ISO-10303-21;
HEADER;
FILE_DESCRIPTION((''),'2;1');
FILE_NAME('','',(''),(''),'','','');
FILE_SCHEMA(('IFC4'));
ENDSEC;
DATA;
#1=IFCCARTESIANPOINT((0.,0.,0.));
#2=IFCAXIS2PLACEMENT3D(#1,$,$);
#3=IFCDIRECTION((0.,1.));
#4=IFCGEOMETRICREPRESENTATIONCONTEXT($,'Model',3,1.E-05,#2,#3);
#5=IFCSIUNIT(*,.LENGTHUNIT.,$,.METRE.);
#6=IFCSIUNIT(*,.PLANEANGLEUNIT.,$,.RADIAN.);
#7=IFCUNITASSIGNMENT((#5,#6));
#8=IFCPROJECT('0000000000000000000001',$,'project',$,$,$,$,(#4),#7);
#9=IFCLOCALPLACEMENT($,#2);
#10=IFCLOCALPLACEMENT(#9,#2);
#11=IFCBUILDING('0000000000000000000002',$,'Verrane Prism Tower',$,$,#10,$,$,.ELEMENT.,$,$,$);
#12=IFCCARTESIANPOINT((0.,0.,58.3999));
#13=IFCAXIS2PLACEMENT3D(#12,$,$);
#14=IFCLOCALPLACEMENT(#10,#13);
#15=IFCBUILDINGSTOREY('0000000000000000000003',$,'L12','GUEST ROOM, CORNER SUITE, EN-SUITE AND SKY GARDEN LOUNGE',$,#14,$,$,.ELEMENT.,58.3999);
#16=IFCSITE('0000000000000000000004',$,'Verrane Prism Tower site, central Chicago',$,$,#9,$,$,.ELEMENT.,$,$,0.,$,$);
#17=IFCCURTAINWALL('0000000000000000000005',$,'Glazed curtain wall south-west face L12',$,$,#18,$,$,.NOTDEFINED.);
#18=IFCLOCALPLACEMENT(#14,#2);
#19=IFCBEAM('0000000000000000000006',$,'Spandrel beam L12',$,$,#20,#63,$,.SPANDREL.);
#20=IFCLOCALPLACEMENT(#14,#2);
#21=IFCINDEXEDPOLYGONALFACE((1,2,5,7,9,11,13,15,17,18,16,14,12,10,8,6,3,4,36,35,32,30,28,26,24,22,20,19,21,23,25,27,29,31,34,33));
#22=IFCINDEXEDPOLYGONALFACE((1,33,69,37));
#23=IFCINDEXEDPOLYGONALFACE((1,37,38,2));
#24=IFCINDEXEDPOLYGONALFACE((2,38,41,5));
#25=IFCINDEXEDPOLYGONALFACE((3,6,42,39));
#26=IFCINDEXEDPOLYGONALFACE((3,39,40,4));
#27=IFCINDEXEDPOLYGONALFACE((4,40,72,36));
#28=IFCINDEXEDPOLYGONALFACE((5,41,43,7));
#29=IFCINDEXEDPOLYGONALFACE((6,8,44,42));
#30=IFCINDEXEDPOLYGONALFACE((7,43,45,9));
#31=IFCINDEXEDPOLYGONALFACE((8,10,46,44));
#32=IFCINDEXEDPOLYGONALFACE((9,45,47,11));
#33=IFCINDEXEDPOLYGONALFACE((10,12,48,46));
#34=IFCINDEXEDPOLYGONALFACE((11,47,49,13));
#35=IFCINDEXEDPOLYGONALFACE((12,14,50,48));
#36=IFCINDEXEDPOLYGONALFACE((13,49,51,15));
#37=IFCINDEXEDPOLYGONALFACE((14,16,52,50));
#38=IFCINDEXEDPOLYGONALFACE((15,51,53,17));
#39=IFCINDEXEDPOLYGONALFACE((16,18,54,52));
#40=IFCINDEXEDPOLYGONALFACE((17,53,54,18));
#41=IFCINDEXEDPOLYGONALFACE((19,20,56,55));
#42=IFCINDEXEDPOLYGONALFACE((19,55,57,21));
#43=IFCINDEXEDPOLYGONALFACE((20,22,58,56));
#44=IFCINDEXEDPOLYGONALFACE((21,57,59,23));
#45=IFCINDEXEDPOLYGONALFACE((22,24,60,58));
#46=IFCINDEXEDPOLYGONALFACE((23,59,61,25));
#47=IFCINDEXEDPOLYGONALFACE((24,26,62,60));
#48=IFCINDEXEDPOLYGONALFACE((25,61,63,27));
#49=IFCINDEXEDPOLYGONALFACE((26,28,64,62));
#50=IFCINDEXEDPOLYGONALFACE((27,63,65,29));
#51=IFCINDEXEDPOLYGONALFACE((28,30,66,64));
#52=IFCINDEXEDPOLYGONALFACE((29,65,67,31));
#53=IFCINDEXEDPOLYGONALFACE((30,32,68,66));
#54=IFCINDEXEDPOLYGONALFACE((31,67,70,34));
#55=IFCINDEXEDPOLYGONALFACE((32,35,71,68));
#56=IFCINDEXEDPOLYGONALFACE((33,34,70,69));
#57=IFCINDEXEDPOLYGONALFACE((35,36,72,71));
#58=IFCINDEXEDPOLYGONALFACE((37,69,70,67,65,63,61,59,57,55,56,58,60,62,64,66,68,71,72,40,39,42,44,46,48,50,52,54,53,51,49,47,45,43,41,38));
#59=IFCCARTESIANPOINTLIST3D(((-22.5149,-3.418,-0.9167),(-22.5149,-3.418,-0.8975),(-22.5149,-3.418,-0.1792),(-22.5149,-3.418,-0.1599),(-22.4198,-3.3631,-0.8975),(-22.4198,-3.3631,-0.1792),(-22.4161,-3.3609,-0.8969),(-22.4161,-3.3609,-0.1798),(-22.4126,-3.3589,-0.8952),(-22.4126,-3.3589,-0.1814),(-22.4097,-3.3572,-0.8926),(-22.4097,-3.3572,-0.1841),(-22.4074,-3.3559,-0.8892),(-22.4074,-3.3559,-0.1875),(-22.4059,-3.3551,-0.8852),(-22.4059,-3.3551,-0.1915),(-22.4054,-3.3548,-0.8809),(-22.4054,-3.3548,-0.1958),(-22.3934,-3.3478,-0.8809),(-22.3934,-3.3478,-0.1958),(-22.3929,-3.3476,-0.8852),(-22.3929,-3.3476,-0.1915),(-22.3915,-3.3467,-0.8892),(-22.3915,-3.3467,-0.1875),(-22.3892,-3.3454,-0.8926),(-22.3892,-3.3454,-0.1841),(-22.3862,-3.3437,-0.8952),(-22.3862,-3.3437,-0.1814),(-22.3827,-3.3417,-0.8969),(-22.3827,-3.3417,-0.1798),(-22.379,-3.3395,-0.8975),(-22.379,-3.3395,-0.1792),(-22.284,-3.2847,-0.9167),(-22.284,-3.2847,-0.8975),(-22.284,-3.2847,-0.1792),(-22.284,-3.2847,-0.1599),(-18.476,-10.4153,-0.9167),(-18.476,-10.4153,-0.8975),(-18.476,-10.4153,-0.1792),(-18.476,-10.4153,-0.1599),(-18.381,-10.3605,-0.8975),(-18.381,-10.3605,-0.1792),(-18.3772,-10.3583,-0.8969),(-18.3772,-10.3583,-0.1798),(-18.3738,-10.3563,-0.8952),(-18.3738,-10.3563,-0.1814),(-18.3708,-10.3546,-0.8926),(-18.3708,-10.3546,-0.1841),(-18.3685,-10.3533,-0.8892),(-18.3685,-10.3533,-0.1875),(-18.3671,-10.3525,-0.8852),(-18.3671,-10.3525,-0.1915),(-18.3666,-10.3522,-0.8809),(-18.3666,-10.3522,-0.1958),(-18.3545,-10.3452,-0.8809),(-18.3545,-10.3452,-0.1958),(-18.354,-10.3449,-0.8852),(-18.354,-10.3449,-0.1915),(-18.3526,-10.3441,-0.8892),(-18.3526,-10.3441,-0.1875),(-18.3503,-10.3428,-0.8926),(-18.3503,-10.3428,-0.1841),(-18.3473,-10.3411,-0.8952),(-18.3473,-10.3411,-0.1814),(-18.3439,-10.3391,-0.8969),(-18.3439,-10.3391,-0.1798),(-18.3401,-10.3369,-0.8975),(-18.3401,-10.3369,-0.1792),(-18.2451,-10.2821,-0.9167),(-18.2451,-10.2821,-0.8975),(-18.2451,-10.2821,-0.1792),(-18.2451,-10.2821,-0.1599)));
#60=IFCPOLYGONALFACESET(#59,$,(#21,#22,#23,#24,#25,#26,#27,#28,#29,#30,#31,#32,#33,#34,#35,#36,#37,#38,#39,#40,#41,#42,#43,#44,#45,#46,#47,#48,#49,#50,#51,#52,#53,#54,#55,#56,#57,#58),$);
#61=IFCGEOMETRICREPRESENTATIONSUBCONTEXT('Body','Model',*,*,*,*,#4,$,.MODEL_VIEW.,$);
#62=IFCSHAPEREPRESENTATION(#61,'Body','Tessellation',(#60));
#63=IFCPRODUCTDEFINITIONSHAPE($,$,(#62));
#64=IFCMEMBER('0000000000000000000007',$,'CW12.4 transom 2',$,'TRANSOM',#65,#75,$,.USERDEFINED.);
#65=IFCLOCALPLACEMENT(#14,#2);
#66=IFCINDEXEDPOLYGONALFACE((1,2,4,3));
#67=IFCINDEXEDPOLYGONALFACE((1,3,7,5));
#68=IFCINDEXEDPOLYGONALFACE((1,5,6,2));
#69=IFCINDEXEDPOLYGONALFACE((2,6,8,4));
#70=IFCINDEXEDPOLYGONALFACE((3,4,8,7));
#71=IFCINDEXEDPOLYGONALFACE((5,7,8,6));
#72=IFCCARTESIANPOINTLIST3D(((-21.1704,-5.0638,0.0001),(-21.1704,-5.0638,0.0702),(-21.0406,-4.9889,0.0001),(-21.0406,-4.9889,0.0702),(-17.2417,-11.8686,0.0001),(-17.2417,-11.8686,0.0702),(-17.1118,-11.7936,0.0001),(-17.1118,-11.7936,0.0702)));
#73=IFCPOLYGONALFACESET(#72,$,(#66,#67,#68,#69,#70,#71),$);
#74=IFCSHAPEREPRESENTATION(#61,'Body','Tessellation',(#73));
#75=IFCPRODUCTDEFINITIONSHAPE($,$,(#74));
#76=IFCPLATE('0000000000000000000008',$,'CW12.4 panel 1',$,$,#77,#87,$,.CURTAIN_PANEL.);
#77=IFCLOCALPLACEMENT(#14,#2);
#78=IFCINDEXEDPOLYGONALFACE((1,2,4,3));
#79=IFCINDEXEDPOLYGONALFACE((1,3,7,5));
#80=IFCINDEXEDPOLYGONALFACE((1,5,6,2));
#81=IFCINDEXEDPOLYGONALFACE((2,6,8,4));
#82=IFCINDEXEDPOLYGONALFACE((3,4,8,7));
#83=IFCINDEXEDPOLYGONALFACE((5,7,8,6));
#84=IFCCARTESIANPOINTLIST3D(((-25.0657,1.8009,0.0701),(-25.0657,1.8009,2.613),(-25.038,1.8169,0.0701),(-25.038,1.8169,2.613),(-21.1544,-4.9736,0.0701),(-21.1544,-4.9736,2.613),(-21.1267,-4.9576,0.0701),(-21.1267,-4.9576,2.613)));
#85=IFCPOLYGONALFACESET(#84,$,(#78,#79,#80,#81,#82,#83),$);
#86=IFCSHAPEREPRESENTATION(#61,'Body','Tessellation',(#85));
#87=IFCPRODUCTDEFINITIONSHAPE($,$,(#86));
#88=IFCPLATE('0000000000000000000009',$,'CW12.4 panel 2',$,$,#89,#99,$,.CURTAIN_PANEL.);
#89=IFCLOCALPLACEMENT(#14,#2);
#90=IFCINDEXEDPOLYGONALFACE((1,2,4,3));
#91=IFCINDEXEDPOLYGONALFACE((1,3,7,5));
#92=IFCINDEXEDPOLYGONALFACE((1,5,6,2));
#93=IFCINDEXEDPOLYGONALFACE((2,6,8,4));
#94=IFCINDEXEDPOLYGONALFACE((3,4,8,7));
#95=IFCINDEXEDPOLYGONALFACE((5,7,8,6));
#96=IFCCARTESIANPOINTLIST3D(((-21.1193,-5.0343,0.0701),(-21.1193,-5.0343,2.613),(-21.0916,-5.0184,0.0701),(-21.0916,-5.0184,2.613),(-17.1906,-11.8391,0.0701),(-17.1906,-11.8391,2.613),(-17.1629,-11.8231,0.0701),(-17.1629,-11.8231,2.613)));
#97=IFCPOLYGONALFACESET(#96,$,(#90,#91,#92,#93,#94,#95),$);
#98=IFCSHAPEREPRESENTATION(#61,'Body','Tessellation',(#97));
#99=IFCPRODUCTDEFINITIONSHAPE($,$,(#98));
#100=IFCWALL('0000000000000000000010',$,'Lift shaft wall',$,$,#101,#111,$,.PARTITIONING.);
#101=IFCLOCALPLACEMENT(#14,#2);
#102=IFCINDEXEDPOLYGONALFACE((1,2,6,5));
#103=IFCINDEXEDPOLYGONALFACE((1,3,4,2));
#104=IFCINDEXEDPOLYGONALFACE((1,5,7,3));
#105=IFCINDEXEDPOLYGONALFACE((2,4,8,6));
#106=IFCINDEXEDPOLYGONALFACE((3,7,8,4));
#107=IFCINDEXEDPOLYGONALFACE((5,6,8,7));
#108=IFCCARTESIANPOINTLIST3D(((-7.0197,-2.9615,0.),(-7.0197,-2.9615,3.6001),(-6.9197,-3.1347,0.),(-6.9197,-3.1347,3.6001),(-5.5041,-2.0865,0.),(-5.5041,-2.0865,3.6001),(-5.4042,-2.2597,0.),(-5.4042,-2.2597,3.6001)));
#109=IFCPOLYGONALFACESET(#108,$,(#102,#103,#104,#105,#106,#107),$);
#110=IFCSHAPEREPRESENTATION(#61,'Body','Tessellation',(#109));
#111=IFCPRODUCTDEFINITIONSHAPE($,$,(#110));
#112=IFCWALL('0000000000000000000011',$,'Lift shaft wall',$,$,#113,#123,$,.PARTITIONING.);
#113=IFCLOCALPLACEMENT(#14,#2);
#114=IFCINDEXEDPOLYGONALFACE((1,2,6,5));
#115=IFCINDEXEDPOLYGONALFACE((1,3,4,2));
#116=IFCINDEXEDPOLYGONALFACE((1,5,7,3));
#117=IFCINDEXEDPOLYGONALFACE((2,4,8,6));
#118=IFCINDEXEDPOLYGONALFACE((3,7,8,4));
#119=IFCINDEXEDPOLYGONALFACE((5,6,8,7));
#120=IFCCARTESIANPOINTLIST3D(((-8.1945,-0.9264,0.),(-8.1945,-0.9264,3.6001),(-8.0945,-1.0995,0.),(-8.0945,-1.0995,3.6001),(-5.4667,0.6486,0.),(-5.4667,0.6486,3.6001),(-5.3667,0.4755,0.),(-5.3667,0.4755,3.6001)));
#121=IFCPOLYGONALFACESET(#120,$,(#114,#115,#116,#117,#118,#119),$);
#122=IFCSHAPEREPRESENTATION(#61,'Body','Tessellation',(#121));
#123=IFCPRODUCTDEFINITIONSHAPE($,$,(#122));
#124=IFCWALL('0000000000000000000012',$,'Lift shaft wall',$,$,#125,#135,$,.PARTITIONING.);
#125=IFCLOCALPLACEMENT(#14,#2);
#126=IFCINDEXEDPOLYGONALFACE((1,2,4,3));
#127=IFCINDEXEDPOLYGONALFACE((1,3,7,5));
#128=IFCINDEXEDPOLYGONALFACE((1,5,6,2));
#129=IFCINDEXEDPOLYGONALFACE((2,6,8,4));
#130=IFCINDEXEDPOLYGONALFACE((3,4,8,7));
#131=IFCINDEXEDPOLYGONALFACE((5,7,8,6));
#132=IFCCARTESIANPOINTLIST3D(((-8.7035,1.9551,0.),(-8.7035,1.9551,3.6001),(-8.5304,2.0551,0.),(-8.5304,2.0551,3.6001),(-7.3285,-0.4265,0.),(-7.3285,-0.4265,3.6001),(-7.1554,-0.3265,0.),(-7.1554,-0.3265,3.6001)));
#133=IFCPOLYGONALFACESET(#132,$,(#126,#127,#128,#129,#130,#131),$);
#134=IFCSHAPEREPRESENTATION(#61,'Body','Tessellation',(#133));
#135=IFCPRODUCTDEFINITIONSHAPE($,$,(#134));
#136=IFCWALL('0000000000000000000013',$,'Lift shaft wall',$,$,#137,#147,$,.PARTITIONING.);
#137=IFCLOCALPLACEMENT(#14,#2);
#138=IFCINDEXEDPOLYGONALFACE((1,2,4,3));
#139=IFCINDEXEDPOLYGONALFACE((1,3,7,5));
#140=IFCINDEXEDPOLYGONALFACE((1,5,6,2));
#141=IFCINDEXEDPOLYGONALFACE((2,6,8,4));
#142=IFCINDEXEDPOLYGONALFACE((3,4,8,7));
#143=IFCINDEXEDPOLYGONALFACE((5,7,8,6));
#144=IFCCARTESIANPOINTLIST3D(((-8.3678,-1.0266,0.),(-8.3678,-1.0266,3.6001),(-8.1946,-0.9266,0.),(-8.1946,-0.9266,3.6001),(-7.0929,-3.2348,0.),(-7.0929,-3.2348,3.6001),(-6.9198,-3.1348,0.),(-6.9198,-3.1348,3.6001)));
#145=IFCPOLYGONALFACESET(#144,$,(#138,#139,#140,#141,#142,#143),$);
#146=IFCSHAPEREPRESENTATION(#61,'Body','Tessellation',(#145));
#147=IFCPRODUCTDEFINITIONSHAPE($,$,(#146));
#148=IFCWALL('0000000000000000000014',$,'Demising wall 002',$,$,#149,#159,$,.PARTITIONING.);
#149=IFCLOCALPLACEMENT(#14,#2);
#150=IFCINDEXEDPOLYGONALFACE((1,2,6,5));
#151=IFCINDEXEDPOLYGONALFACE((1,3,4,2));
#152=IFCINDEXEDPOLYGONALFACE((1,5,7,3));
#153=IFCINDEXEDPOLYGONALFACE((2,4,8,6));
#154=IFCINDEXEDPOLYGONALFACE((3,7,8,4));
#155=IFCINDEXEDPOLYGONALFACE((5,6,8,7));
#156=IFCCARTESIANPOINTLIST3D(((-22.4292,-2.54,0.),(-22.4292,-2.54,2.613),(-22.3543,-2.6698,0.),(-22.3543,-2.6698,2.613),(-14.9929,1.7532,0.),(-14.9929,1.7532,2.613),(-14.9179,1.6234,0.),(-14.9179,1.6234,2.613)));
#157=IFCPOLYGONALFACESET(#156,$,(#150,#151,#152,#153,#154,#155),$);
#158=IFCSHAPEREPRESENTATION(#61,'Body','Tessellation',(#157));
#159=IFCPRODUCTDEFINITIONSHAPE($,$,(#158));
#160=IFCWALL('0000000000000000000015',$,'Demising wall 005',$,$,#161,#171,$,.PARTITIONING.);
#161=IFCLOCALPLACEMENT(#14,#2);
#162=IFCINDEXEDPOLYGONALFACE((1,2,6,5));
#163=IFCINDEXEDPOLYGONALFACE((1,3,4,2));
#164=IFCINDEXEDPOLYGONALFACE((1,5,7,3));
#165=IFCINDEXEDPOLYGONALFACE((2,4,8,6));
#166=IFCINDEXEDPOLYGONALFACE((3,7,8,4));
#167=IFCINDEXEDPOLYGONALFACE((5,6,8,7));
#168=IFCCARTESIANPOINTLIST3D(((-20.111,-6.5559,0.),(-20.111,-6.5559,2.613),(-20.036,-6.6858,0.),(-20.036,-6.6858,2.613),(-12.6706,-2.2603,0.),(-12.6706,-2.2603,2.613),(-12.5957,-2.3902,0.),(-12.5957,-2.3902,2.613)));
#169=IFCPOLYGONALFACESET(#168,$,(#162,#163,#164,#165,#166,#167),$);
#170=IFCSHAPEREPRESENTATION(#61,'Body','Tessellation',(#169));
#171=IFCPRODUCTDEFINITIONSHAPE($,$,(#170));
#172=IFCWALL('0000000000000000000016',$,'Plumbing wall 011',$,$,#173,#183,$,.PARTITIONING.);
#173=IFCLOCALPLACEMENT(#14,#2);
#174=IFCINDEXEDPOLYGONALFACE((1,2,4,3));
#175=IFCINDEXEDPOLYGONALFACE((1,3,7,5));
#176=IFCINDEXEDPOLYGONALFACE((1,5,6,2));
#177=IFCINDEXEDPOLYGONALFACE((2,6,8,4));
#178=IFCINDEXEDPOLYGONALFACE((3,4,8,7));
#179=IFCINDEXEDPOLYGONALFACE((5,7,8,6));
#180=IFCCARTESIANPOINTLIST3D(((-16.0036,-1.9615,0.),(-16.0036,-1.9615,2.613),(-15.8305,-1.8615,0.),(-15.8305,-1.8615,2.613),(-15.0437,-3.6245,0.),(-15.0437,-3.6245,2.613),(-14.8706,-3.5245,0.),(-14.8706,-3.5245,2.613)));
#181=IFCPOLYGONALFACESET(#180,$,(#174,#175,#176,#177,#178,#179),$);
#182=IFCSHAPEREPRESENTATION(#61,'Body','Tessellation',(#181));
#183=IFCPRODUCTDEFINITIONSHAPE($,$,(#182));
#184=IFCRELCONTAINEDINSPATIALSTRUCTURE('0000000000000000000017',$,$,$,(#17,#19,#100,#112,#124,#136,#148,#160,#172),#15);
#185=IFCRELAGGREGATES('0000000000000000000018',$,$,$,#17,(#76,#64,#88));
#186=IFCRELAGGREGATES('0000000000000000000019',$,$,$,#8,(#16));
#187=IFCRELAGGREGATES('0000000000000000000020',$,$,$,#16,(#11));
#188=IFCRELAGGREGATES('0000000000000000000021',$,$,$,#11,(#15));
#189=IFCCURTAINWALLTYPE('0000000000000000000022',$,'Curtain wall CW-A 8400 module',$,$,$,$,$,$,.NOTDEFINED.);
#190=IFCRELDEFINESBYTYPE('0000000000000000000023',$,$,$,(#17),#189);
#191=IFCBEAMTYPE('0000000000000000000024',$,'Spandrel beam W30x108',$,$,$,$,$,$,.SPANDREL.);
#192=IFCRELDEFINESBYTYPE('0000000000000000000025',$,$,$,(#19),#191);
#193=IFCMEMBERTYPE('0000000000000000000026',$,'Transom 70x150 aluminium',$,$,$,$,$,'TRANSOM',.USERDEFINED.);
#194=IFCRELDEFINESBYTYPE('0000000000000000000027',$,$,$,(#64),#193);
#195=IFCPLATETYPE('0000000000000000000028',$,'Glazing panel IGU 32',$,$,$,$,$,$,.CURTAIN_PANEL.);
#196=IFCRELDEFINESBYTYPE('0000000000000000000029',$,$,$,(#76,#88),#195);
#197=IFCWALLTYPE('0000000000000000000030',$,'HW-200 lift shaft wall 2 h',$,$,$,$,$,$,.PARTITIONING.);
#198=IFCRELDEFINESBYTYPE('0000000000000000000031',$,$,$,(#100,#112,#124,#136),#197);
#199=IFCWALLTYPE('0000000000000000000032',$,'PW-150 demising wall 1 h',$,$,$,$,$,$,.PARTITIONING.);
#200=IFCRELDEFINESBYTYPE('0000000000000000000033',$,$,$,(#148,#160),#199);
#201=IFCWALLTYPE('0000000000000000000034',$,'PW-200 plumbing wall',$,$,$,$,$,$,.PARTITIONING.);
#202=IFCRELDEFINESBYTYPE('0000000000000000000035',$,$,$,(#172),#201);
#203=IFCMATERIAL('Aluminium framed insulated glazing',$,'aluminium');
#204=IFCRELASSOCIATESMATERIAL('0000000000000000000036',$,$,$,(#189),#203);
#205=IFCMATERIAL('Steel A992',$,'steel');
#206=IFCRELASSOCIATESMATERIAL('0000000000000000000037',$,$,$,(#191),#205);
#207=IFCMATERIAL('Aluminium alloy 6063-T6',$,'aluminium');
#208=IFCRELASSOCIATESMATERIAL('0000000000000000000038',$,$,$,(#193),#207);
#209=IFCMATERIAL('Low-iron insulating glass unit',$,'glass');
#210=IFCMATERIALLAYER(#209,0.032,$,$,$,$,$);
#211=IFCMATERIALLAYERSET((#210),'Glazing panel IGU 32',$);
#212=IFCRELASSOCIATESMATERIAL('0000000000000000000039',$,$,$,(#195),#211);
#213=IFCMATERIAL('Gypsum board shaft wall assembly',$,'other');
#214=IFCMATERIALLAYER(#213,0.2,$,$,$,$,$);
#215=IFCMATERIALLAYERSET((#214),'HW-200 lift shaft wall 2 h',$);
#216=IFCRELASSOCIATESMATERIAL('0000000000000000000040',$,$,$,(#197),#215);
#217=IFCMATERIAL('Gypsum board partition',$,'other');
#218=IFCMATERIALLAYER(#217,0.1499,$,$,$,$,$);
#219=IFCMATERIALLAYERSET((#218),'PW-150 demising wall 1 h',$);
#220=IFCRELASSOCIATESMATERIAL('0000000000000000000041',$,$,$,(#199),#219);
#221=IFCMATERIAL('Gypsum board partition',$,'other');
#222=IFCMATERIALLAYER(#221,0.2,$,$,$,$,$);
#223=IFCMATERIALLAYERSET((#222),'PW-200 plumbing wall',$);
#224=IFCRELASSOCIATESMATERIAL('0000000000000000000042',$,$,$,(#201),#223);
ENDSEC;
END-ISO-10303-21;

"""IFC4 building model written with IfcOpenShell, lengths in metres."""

from ifc_helpers import new_model, si_unit, direction, frame, frame_2d, origin, origin_2d, place, context, subcontext, project, spatial, rectangle, i_section, extrude, material, layer, layer_set, material_profile, profile_set, type_object, element, aggregate, save


model = new_model("IFC4")

# Units and contexts
model_context = context("Model", 3, precision=1e-05, world=origin(), true_north=direction((0.0, 1.0)))
body_context = subcontext(model_context, "Body", "Model", "MODEL_VIEW")
ifc_project = project(units=[si_unit("LENGTHUNIT", "METRE"), si_unit("PLANEANGLEUNIT", "RADIAN")], contexts=[model_context])

# Site, building, storey
site_placement = place(None, origin())
site = spatial("IfcSite", under=ifc_project, at=site_placement, Name="Verrane Prism Tower site, central Chicago", CompositionType="ELEMENT", RefElevation=0.0)
building_placement = place(site_placement, origin())
building = spatial("IfcBuilding", under=site, at=building_placement, Name="Verrane Prism Tower", CompositionType="ELEMENT")
storey_placement = place(building_placement, frame((0.0, 0.0, 58.3999)))
storey = spatial("IfcBuildingStorey", under=building, at=storey_placement, Name="L12", Description="GUEST ROOM, CORNER SUITE, EN-SUITE AND SKY GARDEN LOUNGE", CompositionType="ELEMENT", Elevation=58.3999)

# Curtain wall
ifc_material_1 = material(Name="Aluminium framed insulated glazing", Category="aluminium")
curtain_wall_type = type_object("IfcCurtainWallType", Name="Curtain wall CW-A 8400 module", PredefinedType="NOTDEFINED", material=ifc_material_1)
curtain_wall_placement = place(storey_placement, origin())
curtain_wall = element("IfcCurtainWall", 1, at=curtain_wall_placement, inside=storey, type_object=curtain_wall_type, Name="Glazed curtain wall south-west face L12", PredefinedType="NOTDEFINED")

# Beam
ifc_material_2 = material(Name="Steel A992", Category="steel")
ifc_material_profile_1 = material_profile(ifc_material_2, i_section(OverallWidth=0.2666, OverallDepth=0.7568, WebThickness=0.0139, FlangeThickness=0.0193, FilletRadius=0.0166, at=origin_2d()), Name="W30x108")
ifc_profile_set_1 = profile_set([ifc_material_profile_1], Name="Steel A992")
beam_type_1 = type_object("IfcBeamType", Name="Spandrel beam W30x108", PredefinedType="SPANDREL", material=ifc_profile_set_1)
beam_1_placement = place(storey_placement, frame((-22.3994, -3.3513, -0.5383), z_axis=(0.499899, -0.866083, 0.0), x_axis=(0.866083, 0.499899, 0.0)))
element("IfcBeam", 2, at=beam_1_placement, inside=storey, type_object=beam_type_1, Name="Spandrel beam L12", PredefinedType="SPANDREL", context=body_context, shape_type="SweptSolid", body=[
    extrude(i_section(OverallWidth=0.2666, OverallDepth=0.7568, WebThickness=0.0139, FlangeThickness=0.0193, FilletRadius=0.0166, at=origin_2d()), origin(), (0.0, 0.0, 1.0), 8.0793),
])

# Member
ifc_material_3 = material(Name="Aluminium alloy 6063-T6", Category="aluminium")
ifc_material_profile_2 = material_profile(ifc_material_3, rectangle(XDim=0.1499, YDim=0.0701, at=origin_2d()), Name="Transom 70x150 aluminium")
ifc_profile_set_2 = profile_set([ifc_material_profile_2], Name="Aluminium alloy 6063-T6")
member_type_1 = type_object("IfcMemberType", Name="Transom 70x150 aluminium", ElementType="TRANSOM", PredefinedType="USERDEFINED", material=ifc_profile_set_2)
member_1_placement = place(storey_placement, frame((-21.1055, -5.0264, 0.0352), z_axis=(0.500002, -0.866024, 0.0), x_axis=(0.866024, 0.500002, 0.0)))
member_1 = element("IfcMember", 3, at=member_1_placement, type_object=member_type_1, Name="CW12.4 transom 2", ObjectType="TRANSOM", PredefinedType="USERDEFINED", context=body_context, shape_type="SweptSolid", body=[
    extrude(rectangle(XDim=0.1499, YDim=0.0701, at=origin_2d()), origin(), (0.0, 0.0, 1.0), 7.8574),
])

# Plates
ifc_material_4 = material(Name="Low-iron insulating glass unit", Category="glass")
ifc_layer_1 = layer(ifc_material_4, 0.032)
ifc_layer_set_1 = layer_set([ifc_layer_1], Name="Glazing panel IGU 32")
plate_type = type_object("IfcPlateType", Name="Glazing panel IGU 32", PredefinedType="CURTAIN_PANEL", material=ifc_layer_set_1)
plate_1_placement = place(storey_placement, frame((-23.0962, -1.5784, 0.0701), z_axis=(0.0, 0.0, 1.0), x_axis=(0.5, -0.866026, 0.0)))
plate_1 = element("IfcPlate", 4, at=plate_1_placement, type_object=plate_type, Name="CW12.4 panel 1", PredefinedType="CURTAIN_PANEL", context=body_context, shape_type="SweptSolid", body=[
    extrude(rectangle(XDim=7.8225, YDim=0.032, at=origin_2d()), origin(), (0.0, 0.0, 1.0), 2.543),
])
plate_2_placement = place(storey_placement, frame((-19.1411, -8.4287, 0.0701), z_axis=(0.0, 0.0, 1.0), x_axis=(0.5, -0.866026, 0.0)))
plate_2 = element("IfcPlate", 5, at=plate_2_placement, type_object=plate_type, Name="CW12.4 panel 2", PredefinedType="CURTAIN_PANEL", context=body_context, shape_type="SweptSolid", body=[
    extrude(rectangle(XDim=7.8574, YDim=0.032, at=origin_2d()), origin(), (0.0, 0.0, 1.0), 2.543),
])
aggregate(curtain_wall, [plate_1, member_1, plate_2])

# Walls
ifc_material_5 = material(Name="Gypsum board shaft wall assembly", Category="other")
ifc_layer_2 = layer(ifc_material_5, 0.2)
ifc_layer_set_2 = layer_set([ifc_layer_2], Name="HW-200 lift shaft wall 2 h")
wall_type_1 = type_object("IfcWallType", Name="HW-200 lift shaft wall 2 h", PredefinedType="PARTITIONING", material=ifc_layer_set_2)
wall_1_placement = place(storey_placement, frame((-6.9697, -3.0481, 0.0), z_axis=(0.0, 0.0, 1.0), x_axis=(0.866037, 0.49998, 0.0)))
element("IfcWall", 6, at=wall_1_placement, inside=storey, type_object=wall_type_1, Name="Lift shaft wall", PredefinedType="PARTITIONING", context=body_context, shape_type="SweptSolid", body=[
    extrude(rectangle(XDim=1.75, YDim=0.2, at=frame_2d((0.875, 0.0))), origin(), (0.0, 0.0, 1.0), 3.6001),
])
wall_2_placement = place(storey_placement, frame((-8.1445, -1.0129, 0.0), z_axis=(0.0, 0.0, 1.0), x_axis=(0.866016, 0.500015, 0.0)))
element("IfcWall", 7, at=wall_2_placement, inside=storey, type_object=wall_type_1, Name="Lift shaft wall", PredefinedType="PARTITIONING", context=body_context, shape_type="SweptSolid", body=[
    extrude(rectangle(XDim=3.1499, YDim=0.2, at=frame_2d((1.575, 0.0))), origin(), (0.0, 0.0, 1.0), 3.6001),
])
wall_3_placement = place(storey_placement, frame((-7.2419, -0.3765, 0.0), z_axis=(0.0, 0.0, 1.0), x_axis=(-0.499997, 0.866027, 0.0)))
element("IfcWall", 8, at=wall_3_placement, inside=storey, type_object=wall_type_1, Name="Lift shaft wall", PredefinedType="PARTITIONING", context=body_context, shape_type="SweptSolid", body=[
    extrude(rectangle(XDim=2.75, YDim=0.2, at=frame_2d((1.375, 0.0))), origin(), (0.0, 0.0, 1.0), 3.6001),
])
wall_4_placement = place(storey_placement, frame((-7.0063, -3.1848, 0.0), z_axis=(0.0, 0.0, 1.0), x_axis=(-0.49999, 0.866031, 0.0)))
element("IfcWall", 9, at=wall_4_placement, inside=storey, type_object=wall_type_1, Name="Lift shaft wall", PredefinedType="PARTITIONING", context=body_context, shape_type="SweptSolid", body=[
    extrude(rectangle(XDim=2.5498, YDim=0.2, at=frame_2d((1.2749, 0.0))), origin(), (0.0, 0.0, 1.0), 3.6001),
])
ifc_material_6 = material(Name="Gypsum board partition", Category="other")
ifc_layer_3 = layer(ifc_material_6, 0.1499)
ifc_layer_set_3 = layer_set([ifc_layer_3], Name="PW-150 demising wall 1 h")
wall_type_2 = type_object("IfcWallType", Name="PW-150 demising wall 1 h", PredefinedType="PARTITIONING", material=ifc_layer_set_3)
wall_5_placement = place(storey_placement, frame((-22.3918, -2.605, 0.0), z_axis=(0.0, 0.0, 1.0), x_axis=(0.866032, 0.499989, 0.0)))
element("IfcWall", 10, at=wall_5_placement, inside=storey, type_object=wall_type_2, Name="Demising wall 002", PredefinedType="PARTITIONING", context=body_context, shape_type="SweptSolid", body=[
    extrude(rectangle(XDim=8.5867, YDim=0.1499, at=frame_2d((4.2935, 0.0))), origin(), (0.0, 0.0, 1.0), 2.613),
])
wall_6_placement = place(storey_placement, frame((-20.0735, -6.6208, 0.0), z_axis=(0.0, 0.0, 1.0), x_axis=(0.866029, 0.499993, 0.0)))
element("IfcWall", 11, at=wall_6_placement, inside=storey, type_object=wall_type_2, Name="Demising wall 005", PredefinedType="PARTITIONING", context=body_context, shape_type="SweptSolid", body=[
    extrude(rectangle(XDim=8.5913, YDim=0.1499, at=frame_2d((4.2957, 0.0))), origin(), (0.0, 0.0, 1.0), 2.613),
])
ifc_material_7 = material(Name="Gypsum board partition", Category="other")
ifc_layer_4 = layer(ifc_material_7, 0.2)
ifc_layer_set_4 = layer_set([ifc_layer_4], Name="PW-200 plumbing wall")
wall_type_3 = type_object("IfcWallType", Name="PW-200 plumbing wall", PredefinedType="PARTITIONING", material=ifc_layer_set_4)
wall_7_placement = place(storey_placement, frame((-15.917, -1.9116, 0.0), z_axis=(0.0, 0.0, 1.0), x_axis=(0.499913, -0.866075, 0.0)))
element("IfcWall", 12, at=wall_7_placement, inside=storey, type_object=wall_type_3, Name="Plumbing wall 011", PredefinedType="PARTITIONING", context=body_context, shape_type="SweptSolid", body=[
    extrude(rectangle(XDim=1.9202, YDim=0.2, at=frame_2d((0.96, 0.0))), origin(), (0.0, 0.0, 1.0), 2.613),
])

save(model, "model.ifc")
